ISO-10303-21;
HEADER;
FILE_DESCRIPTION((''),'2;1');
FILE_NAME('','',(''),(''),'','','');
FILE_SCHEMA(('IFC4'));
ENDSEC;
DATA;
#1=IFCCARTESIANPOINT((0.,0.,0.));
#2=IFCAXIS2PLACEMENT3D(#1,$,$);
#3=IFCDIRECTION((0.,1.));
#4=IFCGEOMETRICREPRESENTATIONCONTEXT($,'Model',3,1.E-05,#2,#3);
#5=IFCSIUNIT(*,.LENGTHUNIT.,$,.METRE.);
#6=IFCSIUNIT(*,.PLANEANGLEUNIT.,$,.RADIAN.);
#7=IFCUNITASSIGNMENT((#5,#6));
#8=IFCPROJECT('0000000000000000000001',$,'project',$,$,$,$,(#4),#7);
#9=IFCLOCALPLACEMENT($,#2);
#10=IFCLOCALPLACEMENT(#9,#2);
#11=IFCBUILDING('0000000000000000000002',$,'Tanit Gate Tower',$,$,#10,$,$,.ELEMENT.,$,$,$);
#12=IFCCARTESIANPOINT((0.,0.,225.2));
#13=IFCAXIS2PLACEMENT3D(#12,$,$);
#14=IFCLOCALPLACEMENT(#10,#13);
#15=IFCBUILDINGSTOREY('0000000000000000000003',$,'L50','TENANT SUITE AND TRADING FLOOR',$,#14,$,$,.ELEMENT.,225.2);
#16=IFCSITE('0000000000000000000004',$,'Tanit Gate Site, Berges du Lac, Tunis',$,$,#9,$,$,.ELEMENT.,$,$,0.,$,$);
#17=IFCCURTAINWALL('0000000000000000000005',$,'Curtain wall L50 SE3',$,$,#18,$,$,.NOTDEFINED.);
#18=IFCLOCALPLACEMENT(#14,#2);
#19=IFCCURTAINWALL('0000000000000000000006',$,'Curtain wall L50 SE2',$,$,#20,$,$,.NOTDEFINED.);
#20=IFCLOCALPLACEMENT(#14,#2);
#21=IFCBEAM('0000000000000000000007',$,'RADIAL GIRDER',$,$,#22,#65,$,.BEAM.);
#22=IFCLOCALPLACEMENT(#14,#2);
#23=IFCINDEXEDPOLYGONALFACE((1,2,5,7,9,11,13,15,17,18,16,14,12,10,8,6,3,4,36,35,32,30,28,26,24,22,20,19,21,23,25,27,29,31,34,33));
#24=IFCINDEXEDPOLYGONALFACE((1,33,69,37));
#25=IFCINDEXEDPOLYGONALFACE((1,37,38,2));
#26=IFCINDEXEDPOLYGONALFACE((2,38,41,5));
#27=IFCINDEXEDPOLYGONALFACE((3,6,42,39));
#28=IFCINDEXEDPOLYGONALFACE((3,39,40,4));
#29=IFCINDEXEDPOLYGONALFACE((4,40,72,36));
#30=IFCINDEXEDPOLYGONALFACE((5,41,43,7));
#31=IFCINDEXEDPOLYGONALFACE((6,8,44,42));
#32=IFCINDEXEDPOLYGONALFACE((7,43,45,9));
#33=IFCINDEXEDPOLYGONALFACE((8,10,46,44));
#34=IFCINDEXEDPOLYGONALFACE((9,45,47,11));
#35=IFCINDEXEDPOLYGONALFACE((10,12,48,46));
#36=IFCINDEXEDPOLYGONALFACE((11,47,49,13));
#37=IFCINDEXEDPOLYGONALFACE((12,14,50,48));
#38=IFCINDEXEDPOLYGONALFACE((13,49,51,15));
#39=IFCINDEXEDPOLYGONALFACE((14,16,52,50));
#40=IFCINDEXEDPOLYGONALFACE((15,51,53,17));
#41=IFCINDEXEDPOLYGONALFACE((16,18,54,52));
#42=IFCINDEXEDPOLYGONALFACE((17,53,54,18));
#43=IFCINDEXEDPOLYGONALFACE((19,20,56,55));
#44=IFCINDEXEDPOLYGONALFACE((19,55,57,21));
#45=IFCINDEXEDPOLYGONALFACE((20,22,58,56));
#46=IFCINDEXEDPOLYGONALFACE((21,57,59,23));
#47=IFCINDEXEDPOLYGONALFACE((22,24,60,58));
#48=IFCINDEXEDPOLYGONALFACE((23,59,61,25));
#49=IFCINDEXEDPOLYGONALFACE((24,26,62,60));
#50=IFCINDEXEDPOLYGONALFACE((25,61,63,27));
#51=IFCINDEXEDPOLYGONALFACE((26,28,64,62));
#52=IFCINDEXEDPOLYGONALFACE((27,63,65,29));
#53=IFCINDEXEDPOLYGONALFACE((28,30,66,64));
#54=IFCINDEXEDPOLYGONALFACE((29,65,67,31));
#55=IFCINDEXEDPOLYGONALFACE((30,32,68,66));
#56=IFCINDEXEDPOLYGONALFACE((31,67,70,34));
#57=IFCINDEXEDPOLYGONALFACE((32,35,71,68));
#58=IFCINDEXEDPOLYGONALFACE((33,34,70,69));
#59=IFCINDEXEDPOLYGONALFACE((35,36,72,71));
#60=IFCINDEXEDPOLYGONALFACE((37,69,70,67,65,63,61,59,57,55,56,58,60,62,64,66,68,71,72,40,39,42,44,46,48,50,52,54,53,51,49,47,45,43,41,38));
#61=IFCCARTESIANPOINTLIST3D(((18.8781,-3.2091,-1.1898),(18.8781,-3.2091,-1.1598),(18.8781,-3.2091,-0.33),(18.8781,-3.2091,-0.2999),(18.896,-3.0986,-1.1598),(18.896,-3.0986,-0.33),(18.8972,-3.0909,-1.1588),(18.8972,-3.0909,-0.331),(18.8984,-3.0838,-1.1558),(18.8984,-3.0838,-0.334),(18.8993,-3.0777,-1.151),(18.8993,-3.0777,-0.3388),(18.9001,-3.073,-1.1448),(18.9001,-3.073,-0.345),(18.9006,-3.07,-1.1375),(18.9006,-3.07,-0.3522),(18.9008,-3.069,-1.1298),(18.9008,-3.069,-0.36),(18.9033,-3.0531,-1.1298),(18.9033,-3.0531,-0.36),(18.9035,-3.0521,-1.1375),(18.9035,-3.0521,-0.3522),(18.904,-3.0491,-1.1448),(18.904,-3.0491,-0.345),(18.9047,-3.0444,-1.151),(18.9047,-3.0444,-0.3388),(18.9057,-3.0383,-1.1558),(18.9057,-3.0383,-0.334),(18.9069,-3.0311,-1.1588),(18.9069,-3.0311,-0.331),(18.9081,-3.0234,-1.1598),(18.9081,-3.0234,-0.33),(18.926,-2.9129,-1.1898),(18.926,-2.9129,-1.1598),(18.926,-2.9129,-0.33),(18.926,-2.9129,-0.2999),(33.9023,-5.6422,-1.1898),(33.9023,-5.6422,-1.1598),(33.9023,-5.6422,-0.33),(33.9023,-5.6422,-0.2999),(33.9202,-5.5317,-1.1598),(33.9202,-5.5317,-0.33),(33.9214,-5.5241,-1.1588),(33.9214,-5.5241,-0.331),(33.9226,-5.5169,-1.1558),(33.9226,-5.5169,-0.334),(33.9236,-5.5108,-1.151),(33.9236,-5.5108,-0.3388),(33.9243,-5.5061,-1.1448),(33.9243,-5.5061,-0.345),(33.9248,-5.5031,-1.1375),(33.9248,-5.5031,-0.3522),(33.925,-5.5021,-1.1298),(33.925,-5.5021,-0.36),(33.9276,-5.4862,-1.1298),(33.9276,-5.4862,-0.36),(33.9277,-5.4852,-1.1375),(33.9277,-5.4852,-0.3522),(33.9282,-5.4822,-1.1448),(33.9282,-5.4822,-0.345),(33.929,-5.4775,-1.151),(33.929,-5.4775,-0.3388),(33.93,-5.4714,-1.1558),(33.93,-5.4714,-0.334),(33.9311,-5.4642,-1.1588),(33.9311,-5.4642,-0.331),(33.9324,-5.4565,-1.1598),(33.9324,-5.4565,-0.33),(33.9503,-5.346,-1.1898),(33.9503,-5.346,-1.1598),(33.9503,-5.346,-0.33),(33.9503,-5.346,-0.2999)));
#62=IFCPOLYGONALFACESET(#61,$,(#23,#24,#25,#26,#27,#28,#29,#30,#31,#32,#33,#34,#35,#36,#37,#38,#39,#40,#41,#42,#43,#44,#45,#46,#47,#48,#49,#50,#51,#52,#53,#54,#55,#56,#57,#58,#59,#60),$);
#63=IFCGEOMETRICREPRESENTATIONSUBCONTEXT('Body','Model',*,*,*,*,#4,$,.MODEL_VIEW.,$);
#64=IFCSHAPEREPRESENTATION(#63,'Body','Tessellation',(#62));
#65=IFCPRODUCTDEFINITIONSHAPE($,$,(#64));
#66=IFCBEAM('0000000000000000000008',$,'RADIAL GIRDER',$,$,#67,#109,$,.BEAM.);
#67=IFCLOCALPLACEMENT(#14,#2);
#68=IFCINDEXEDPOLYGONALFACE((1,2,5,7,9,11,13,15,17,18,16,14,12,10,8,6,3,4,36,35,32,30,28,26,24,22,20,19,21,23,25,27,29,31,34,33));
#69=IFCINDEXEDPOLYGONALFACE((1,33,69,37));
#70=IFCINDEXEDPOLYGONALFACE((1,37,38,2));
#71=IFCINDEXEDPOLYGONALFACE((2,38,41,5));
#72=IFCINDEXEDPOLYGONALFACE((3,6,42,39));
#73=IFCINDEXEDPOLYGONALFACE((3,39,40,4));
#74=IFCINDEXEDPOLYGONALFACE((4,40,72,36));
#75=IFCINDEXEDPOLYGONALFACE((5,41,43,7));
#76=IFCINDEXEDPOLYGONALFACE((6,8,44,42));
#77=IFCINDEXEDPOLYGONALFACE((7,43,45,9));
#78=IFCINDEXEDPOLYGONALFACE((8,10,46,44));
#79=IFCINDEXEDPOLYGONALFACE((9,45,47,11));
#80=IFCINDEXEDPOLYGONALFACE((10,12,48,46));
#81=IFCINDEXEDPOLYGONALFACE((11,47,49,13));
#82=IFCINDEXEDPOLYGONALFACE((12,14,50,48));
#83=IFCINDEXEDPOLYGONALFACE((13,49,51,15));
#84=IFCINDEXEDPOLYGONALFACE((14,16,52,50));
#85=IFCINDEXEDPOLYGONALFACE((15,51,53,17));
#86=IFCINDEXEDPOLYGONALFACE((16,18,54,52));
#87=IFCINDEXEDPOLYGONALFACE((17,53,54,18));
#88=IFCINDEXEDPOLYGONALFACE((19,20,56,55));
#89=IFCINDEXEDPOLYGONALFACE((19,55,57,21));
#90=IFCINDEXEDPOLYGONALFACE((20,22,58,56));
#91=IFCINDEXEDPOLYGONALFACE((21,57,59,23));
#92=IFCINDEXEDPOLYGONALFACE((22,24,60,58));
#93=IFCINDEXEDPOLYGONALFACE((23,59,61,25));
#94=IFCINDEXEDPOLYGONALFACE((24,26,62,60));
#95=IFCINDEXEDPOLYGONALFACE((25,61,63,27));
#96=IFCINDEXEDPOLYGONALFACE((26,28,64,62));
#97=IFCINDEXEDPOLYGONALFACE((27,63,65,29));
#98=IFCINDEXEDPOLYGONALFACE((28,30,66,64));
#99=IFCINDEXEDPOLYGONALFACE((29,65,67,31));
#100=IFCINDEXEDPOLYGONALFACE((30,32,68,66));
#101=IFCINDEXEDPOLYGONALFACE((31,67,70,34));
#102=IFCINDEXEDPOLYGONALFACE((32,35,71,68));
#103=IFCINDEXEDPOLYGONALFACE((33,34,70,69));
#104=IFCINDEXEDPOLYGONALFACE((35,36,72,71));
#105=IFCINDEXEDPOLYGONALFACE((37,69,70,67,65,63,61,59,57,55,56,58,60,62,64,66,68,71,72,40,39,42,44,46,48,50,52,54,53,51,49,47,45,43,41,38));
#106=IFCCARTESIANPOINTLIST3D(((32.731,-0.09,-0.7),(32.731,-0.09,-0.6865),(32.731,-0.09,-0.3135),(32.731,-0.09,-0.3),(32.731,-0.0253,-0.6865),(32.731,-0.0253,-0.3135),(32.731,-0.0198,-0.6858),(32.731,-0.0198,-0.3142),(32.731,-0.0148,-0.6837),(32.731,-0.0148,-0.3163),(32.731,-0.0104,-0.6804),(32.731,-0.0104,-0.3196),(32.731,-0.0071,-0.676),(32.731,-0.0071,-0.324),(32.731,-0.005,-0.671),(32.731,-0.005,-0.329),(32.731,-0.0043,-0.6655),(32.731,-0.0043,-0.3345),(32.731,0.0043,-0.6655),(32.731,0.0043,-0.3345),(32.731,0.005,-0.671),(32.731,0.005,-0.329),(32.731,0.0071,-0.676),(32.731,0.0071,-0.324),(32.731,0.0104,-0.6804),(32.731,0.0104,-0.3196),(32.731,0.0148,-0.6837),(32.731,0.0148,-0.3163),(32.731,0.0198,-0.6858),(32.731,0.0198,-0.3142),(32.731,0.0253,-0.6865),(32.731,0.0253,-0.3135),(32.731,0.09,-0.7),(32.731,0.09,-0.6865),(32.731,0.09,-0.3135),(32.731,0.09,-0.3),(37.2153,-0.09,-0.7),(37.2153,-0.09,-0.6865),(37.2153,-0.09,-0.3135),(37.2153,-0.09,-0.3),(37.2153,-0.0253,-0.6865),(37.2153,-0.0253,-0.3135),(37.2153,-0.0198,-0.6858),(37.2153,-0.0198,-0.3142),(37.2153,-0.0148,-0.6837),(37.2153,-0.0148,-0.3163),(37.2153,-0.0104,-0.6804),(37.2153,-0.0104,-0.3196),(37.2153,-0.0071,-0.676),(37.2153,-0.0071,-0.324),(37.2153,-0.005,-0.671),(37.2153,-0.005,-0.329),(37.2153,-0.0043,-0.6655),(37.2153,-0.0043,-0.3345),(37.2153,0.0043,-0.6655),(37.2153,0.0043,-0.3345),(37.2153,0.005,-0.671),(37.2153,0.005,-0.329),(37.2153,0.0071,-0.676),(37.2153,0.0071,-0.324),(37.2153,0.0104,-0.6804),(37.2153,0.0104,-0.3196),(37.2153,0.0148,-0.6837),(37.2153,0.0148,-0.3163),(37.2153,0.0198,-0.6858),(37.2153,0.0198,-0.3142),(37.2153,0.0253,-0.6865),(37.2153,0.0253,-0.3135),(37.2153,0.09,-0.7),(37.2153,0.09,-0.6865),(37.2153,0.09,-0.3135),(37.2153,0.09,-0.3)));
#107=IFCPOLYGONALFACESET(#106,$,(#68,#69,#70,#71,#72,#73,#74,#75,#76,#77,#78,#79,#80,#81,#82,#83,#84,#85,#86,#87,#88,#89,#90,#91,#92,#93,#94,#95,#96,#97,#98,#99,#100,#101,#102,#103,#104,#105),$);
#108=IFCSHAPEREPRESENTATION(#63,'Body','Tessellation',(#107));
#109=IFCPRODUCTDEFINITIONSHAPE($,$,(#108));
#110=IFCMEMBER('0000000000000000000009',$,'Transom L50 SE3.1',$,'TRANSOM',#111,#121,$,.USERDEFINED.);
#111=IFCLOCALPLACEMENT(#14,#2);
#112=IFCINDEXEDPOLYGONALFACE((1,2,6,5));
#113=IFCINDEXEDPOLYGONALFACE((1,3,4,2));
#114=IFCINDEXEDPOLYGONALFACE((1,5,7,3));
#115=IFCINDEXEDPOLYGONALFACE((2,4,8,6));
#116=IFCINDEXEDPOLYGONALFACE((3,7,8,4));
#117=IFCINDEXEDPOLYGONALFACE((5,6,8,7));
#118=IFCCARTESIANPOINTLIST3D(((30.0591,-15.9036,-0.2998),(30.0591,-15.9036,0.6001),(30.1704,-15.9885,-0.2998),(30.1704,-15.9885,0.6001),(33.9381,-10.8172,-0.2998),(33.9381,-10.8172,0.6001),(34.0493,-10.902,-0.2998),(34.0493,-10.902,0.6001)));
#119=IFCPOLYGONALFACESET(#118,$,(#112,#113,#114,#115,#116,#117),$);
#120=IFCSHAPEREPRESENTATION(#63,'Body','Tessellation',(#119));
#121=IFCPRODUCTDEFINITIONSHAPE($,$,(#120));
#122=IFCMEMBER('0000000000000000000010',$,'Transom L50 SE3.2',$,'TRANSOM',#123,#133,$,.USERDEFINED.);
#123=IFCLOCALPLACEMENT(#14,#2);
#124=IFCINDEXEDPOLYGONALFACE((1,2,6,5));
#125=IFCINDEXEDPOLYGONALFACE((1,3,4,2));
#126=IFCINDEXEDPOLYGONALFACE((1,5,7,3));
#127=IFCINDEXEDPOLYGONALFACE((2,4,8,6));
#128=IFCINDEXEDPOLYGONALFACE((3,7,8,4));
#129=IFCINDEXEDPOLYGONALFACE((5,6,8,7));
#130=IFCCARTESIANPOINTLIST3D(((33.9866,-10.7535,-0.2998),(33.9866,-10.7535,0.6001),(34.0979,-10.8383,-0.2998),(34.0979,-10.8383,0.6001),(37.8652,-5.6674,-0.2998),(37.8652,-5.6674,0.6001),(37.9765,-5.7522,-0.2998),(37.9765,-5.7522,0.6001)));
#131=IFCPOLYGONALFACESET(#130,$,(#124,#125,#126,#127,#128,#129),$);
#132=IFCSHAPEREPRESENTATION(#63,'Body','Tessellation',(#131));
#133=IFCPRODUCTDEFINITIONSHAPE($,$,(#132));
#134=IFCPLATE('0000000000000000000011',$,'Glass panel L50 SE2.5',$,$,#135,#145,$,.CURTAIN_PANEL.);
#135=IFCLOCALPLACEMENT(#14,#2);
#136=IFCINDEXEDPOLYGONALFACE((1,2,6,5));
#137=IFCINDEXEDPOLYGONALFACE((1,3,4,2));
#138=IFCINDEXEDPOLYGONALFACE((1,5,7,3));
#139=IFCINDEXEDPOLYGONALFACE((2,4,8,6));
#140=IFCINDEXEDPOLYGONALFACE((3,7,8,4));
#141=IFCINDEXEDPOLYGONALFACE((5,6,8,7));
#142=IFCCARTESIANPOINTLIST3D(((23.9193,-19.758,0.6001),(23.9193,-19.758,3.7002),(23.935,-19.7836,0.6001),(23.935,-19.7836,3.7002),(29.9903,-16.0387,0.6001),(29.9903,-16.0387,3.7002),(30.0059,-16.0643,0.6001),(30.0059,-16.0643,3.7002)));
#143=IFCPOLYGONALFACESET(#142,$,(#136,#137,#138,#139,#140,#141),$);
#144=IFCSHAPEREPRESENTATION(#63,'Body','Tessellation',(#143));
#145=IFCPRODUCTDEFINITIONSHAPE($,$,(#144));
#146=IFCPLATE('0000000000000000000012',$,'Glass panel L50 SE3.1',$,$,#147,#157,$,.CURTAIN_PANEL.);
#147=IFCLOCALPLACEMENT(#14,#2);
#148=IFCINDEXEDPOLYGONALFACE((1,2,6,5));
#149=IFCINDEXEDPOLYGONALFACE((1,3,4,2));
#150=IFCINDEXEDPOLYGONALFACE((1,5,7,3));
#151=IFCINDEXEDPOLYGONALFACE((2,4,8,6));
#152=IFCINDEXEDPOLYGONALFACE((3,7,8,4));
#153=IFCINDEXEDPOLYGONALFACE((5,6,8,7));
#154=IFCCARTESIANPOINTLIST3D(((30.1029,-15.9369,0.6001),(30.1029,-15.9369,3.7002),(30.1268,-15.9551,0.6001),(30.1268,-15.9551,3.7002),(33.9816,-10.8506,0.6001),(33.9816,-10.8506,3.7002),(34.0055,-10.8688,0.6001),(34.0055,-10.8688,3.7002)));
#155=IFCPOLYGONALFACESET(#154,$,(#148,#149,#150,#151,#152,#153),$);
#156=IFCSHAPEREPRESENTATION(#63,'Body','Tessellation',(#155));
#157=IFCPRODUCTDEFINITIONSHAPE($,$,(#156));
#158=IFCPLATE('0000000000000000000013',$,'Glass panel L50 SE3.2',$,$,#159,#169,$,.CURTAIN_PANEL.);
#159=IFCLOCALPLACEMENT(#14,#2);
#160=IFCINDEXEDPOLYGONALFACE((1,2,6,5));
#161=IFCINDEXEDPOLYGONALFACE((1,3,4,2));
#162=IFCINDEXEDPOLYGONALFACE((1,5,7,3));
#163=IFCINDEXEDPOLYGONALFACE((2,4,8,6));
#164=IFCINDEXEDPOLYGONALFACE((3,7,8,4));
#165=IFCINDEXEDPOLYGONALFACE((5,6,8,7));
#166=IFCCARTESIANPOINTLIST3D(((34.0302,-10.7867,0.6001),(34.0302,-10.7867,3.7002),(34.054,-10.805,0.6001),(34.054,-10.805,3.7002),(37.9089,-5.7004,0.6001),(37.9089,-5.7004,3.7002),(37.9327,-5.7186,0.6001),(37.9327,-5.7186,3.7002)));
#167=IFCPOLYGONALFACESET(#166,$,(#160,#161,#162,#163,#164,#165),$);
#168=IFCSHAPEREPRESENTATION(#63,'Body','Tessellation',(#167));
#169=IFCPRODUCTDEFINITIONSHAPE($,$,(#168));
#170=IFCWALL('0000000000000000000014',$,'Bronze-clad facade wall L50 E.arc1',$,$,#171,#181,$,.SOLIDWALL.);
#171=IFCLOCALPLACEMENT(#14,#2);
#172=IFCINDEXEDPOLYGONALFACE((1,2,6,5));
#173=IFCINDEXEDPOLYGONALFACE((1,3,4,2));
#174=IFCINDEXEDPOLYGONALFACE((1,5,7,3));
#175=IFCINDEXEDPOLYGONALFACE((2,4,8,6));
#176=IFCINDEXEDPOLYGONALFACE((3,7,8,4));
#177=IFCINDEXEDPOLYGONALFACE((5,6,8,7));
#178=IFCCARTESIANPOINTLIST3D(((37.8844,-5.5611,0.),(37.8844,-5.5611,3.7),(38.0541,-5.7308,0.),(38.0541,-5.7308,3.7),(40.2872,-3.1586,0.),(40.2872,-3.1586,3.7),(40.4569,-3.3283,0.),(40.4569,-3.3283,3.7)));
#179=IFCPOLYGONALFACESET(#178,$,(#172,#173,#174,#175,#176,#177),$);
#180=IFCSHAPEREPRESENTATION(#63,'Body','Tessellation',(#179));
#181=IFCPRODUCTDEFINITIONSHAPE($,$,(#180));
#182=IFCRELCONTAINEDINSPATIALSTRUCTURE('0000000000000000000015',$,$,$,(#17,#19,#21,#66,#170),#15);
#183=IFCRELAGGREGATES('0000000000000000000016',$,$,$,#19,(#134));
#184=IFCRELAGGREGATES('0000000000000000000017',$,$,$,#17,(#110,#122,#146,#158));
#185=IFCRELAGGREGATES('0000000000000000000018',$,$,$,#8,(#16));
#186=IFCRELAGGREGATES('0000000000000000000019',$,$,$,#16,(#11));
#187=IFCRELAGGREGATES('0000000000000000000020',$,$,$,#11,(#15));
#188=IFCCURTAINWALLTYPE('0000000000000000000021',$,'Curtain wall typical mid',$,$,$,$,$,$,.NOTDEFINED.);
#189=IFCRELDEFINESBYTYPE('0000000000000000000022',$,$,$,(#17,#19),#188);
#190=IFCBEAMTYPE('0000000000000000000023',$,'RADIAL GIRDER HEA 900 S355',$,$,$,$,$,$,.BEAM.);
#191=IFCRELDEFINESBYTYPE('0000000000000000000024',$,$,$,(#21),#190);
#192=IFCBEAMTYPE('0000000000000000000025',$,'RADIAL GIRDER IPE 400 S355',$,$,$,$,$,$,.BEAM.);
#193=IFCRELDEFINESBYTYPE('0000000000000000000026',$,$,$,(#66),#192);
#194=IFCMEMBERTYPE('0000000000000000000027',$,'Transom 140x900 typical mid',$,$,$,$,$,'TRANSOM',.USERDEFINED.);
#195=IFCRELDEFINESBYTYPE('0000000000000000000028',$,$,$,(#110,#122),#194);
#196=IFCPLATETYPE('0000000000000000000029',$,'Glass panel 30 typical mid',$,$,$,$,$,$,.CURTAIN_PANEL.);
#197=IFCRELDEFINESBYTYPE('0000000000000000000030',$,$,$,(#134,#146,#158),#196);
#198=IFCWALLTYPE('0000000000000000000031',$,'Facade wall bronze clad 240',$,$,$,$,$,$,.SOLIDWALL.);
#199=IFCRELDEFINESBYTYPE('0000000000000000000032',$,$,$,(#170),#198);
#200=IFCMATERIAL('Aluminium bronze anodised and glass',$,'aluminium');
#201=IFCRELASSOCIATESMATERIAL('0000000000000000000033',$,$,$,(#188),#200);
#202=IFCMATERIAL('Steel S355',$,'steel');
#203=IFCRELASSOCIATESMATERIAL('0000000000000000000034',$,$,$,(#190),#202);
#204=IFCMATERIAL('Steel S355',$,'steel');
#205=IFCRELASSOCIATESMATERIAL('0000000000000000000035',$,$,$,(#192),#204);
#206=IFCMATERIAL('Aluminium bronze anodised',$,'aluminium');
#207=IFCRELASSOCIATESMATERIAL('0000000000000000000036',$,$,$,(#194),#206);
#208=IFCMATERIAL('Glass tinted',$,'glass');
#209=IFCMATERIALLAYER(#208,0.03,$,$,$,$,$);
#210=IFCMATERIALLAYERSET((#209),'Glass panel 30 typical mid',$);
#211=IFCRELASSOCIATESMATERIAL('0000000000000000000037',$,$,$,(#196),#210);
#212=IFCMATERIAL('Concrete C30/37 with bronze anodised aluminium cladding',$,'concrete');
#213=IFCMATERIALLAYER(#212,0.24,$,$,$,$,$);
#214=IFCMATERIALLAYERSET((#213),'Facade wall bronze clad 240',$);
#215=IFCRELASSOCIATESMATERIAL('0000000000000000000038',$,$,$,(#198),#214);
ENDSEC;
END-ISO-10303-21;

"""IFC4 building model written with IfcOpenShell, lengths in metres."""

from ifc_helpers import new_model, si_unit, direction, frame, frame_2d, origin, origin_2d, place, context, subcontext, project, spatial, rectangle, i_section, extrude, material, layer, layer_set, material_profile, profile_set, type_object, element, aggregate, save


model = new_model("IFC4")

# Units and contexts
model_context = context("Model", 3, precision=1e-05, world=origin(), true_north=direction((0.0, 1.0)))
body_context = subcontext(model_context, "Body", "Model", "MODEL_VIEW")
ifc_project = project(units=[si_unit("LENGTHUNIT", "METRE"), si_unit("PLANEANGLEUNIT", "RADIAN")], contexts=[model_context])

# Site, building, storey
site_placement = place(None, origin())
site = spatial("IfcSite", under=ifc_project, at=site_placement, Name="Tanit Gate Site, Berges du Lac, Tunis", CompositionType="ELEMENT", RefElevation=0.0)
building_placement = place(site_placement, origin())
building = spatial("IfcBuilding", under=site, at=building_placement, Name="Tanit Gate Tower", CompositionType="ELEMENT")
storey_placement = place(building_placement, frame((0.0, 0.0, 225.2)))
storey = spatial("IfcBuildingStorey", under=building, at=storey_placement, Name="L50", Description="TENANT SUITE AND TRADING FLOOR", CompositionType="ELEMENT", Elevation=225.2)

# Curtain wall
ifc_material_1 = material(Name="Aluminium bronze anodised and glass", Category="aluminium")
curtain_wall_type = type_object("IfcCurtainWallType", Name="Curtain wall typical mid", PredefinedType="NOTDEFINED", material=ifc_material_1)
curtain_wall_1_placement = place(storey_placement, origin())
curtain_wall_1 = element("IfcCurtainWall", 1, at=curtain_wall_1_placement, inside=storey, type_object=curtain_wall_type, Name="Curtain wall L50 SE3", PredefinedType="NOTDEFINED")

# Curtain wall
curtain_wall_2_placement = place(storey_placement, origin())
curtain_wall_2 = element("IfcCurtainWall", 2, at=curtain_wall_2_placement, inside=storey, type_object=curtain_wall_type, Name="Curtain wall L50 SE2", PredefinedType="NOTDEFINED")

# Beams
ifc_material_2 = material(Name="Steel S355", Category="steel")
ifc_material_profile_1 = material_profile(ifc_material_2, i_section(OverallWidth=0.3, OverallDepth=0.8899, WebThickness=0.0161, FlangeThickness=0.03, FilletRadius=0.03, at=origin_2d()), Name="HEA 900")
ifc_profile_set_1 = profile_set([ifc_material_profile_1], Name="Steel S355")
beam_type_1 = type_object("IfcBeamType", Name="RADIAL GIRDER HEA 900 S355", PredefinedType="BEAM", material=ifc_profile_set_1)
beam_1_placement = place(storey_placement, frame((33.9263, -5.4941, -0.7449), z_axis=(-0.987139, 0.159863, 0.0), x_axis=(-0.159863, -0.987139, 0.0)))
element("IfcBeam", 3, at=beam_1_placement, inside=storey, type_object=beam_type_1, Name="RADIAL GIRDER", PredefinedType="BEAM", context=body_context, shape_type="SweptSolid", body=[
    extrude(i_section(OverallWidth=0.3, OverallDepth=0.8899, WebThickness=0.0161, FlangeThickness=0.03, FilletRadius=0.03, at=origin_2d()), origin(), (0.0, 0.0, 1.0), 15.22),
])
ifc_material_3 = material(Name="Steel S355", Category="steel")
ifc_material_profile_2 = material_profile(ifc_material_3, i_section(OverallWidth=0.1799, OverallDepth=0.3999, WebThickness=0.0085, FlangeThickness=0.0134, FilletRadius=0.021, at=origin_2d()), Name="IPE 400")
ifc_profile_set_2 = profile_set([ifc_material_profile_2], Name="Steel S355")
beam_type_2 = type_object("IfcBeamType", Name="RADIAL GIRDER IPE 400 S355", PredefinedType="BEAM", material=ifc_profile_set_2)
beam_2_placement = place(storey_placement, frame((37.2153, 0.0, -0.5), z_axis=(-1.0, 0.0, 0.0), x_axis=(0.0, -1.0, 0.0)))
element("IfcBeam", 4, at=beam_2_placement, inside=storey, type_object=beam_type_2, Name="RADIAL GIRDER", PredefinedType="BEAM", context=body_context, shape_type="SweptSolid", body=[
    extrude(i_section(OverallWidth=0.1799, OverallDepth=0.3999, WebThickness=0.0085, FlangeThickness=0.0134, FilletRadius=0.021, at=origin_2d()), origin(), (0.0, 0.0, 1.0), 4.4844),
])

# Members
ifc_material_4 = material(Name="Aluminium bronze anodised", Category="aluminium")
ifc_material_profile_3 = material_profile(ifc_material_4, rectangle(XDim=0.1399, YDim=0.8999, at=origin_2d()), Name="140x900 bronze transom")
ifc_profile_set_3 = profile_set([ifc_material_profile_3], Name="Aluminium bronze anodised")
member_type_1 = type_object("IfcMemberType", Name="Transom 140x900 typical mid", ElementType="TRANSOM", PredefinedType="USERDEFINED", material=ifc_profile_set_3)
member_1_placement = place(storey_placement, frame((30.1147, -15.946, 0.1501), z_axis=(0.606393, 0.795165, 0.0), x_axis=(-0.795165, 0.606393, 0.0)))
member_1 = element("IfcMember", 5, at=member_1_placement, type_object=member_type_1, Name="Transom L50 SE3.1", ObjectType="TRANSOM", PredefinedType="USERDEFINED", context=body_context, shape_type="SweptSolid", body=[
    extrude(rectangle(XDim=0.1399, YDim=0.8999, at=origin_2d()), origin(), (0.0, 0.0, 1.0), 6.3967),
])
member_2_placement = place(storey_placement, frame((34.0422, -10.7959, 0.1501), z_axis=(0.606387, 0.79517, 0.0), x_axis=(-0.79517, 0.606387, 0.0)))
member_2 = element("IfcMember", 6, at=member_2_placement, type_object=member_type_1, Name="Transom L50 SE3.2", ObjectType="TRANSOM", PredefinedType="USERDEFINED", context=body_context, shape_type="SweptSolid", body=[
    extrude(rectangle(XDim=0.1399, YDim=0.8999, at=origin_2d()), origin(), (0.0, 0.0, 1.0), 6.3962),
])

# Plates
ifc_material_5 = material(Name="Glass tinted", Category="glass")
ifc_layer_1 = layer(ifc_material_5, 0.03)
ifc_layer_set_1 = layer_set([ifc_layer_1], Name="Glass panel 30 typical mid")
plate_type = type_object("IfcPlateType", Name="Glass panel 30 typical mid", PredefinedType="CURTAIN_PANEL", material=ifc_layer_set_1)
plate_1_placement = place(storey_placement, frame((26.9626, -17.9111, 0.6001), z_axis=(0.0, 0.0, 1.0), x_axis=(0.8527, 0.522401, 0.0)))
plate_1 = element("IfcPlate", 7, at=plate_1_placement, type_object=plate_type, Name="Glass panel L50 SE2.5", PredefinedType="CURTAIN_PANEL", context=body_context, shape_type="SweptSolid", body=[
    extrude(rectangle(XDim=7.1196, YDim=0.03, at=origin_2d()), origin(), (0.0, 0.0, 1.0), 3.1001),
])
aggregate(curtain_wall_2, [plate_1])
plate_2_placement = place(storey_placement, frame((32.0542, -13.4028, 0.6001), z_axis=(0.0, 0.0, 1.0), x_axis=(0.60638, 0.795175, 0.0)))
plate_2 = element("IfcPlate", 8, at=plate_2_placement, type_object=plate_type, Name="Glass panel L50 SE3.1", PredefinedType="CURTAIN_PANEL", context=body_context, shape_type="SweptSolid", body=[
    extrude(rectangle(XDim=6.3965, YDim=0.03, at=origin_2d()), origin(), (0.0, 0.0, 1.0), 3.1001),
])
plate_3_placement = place(storey_placement, frame((35.9814, -8.2527, 0.6001), z_axis=(0.0, 0.0, 1.0), x_axis=(0.60638, 0.795175, 0.0)))
plate_3 = element("IfcPlate", 9, at=plate_3_placement, type_object=plate_type, Name="Glass panel L50 SE3.2", PredefinedType="CURTAIN_PANEL", context=body_context, shape_type="SweptSolid", body=[
    extrude(rectangle(XDim=6.3965, YDim=0.03, at=origin_2d()), origin(), (0.0, 0.0, 1.0), 3.1001),
])
aggregate(curtain_wall_1, [member_1, member_2, plate_2, plate_3])

# Wall
ifc_material_6 = material(Name="Concrete C30/37 with bronze anodised aluminium cladding", Category="concrete")
ifc_layer_2 = layer(ifc_material_6, 0.24)
ifc_layer_set_2 = layer_set([ifc_layer_2], Name="Facade wall bronze clad 240")
wall_type_1 = type_object("IfcWallType", Name="Facade wall bronze clad 240", PredefinedType="SOLIDWALL", material=ifc_layer_set_2)
wall_1_placement = place(storey_placement, frame((37.9692, -5.646, 0.0), z_axis=(0.0, 0.0, 1.0), x_axis=(0.707143, 0.707071, 0.0)))
element("IfcWall", 10, at=wall_1_placement, inside=storey, type_object=wall_type_1, Name="Bronze-clad facade wall L50 E.arc1", PredefinedType="SOLIDWALL", context=body_context, shape_type="SweptSolid", body=[
    extrude(rectangle(XDim=3.3979, YDim=0.24, at=frame_2d((1.699, 0.0))), origin(), (0.0, 0.0, 1.0), 3.7),
])

save(model, "model.ifc")
